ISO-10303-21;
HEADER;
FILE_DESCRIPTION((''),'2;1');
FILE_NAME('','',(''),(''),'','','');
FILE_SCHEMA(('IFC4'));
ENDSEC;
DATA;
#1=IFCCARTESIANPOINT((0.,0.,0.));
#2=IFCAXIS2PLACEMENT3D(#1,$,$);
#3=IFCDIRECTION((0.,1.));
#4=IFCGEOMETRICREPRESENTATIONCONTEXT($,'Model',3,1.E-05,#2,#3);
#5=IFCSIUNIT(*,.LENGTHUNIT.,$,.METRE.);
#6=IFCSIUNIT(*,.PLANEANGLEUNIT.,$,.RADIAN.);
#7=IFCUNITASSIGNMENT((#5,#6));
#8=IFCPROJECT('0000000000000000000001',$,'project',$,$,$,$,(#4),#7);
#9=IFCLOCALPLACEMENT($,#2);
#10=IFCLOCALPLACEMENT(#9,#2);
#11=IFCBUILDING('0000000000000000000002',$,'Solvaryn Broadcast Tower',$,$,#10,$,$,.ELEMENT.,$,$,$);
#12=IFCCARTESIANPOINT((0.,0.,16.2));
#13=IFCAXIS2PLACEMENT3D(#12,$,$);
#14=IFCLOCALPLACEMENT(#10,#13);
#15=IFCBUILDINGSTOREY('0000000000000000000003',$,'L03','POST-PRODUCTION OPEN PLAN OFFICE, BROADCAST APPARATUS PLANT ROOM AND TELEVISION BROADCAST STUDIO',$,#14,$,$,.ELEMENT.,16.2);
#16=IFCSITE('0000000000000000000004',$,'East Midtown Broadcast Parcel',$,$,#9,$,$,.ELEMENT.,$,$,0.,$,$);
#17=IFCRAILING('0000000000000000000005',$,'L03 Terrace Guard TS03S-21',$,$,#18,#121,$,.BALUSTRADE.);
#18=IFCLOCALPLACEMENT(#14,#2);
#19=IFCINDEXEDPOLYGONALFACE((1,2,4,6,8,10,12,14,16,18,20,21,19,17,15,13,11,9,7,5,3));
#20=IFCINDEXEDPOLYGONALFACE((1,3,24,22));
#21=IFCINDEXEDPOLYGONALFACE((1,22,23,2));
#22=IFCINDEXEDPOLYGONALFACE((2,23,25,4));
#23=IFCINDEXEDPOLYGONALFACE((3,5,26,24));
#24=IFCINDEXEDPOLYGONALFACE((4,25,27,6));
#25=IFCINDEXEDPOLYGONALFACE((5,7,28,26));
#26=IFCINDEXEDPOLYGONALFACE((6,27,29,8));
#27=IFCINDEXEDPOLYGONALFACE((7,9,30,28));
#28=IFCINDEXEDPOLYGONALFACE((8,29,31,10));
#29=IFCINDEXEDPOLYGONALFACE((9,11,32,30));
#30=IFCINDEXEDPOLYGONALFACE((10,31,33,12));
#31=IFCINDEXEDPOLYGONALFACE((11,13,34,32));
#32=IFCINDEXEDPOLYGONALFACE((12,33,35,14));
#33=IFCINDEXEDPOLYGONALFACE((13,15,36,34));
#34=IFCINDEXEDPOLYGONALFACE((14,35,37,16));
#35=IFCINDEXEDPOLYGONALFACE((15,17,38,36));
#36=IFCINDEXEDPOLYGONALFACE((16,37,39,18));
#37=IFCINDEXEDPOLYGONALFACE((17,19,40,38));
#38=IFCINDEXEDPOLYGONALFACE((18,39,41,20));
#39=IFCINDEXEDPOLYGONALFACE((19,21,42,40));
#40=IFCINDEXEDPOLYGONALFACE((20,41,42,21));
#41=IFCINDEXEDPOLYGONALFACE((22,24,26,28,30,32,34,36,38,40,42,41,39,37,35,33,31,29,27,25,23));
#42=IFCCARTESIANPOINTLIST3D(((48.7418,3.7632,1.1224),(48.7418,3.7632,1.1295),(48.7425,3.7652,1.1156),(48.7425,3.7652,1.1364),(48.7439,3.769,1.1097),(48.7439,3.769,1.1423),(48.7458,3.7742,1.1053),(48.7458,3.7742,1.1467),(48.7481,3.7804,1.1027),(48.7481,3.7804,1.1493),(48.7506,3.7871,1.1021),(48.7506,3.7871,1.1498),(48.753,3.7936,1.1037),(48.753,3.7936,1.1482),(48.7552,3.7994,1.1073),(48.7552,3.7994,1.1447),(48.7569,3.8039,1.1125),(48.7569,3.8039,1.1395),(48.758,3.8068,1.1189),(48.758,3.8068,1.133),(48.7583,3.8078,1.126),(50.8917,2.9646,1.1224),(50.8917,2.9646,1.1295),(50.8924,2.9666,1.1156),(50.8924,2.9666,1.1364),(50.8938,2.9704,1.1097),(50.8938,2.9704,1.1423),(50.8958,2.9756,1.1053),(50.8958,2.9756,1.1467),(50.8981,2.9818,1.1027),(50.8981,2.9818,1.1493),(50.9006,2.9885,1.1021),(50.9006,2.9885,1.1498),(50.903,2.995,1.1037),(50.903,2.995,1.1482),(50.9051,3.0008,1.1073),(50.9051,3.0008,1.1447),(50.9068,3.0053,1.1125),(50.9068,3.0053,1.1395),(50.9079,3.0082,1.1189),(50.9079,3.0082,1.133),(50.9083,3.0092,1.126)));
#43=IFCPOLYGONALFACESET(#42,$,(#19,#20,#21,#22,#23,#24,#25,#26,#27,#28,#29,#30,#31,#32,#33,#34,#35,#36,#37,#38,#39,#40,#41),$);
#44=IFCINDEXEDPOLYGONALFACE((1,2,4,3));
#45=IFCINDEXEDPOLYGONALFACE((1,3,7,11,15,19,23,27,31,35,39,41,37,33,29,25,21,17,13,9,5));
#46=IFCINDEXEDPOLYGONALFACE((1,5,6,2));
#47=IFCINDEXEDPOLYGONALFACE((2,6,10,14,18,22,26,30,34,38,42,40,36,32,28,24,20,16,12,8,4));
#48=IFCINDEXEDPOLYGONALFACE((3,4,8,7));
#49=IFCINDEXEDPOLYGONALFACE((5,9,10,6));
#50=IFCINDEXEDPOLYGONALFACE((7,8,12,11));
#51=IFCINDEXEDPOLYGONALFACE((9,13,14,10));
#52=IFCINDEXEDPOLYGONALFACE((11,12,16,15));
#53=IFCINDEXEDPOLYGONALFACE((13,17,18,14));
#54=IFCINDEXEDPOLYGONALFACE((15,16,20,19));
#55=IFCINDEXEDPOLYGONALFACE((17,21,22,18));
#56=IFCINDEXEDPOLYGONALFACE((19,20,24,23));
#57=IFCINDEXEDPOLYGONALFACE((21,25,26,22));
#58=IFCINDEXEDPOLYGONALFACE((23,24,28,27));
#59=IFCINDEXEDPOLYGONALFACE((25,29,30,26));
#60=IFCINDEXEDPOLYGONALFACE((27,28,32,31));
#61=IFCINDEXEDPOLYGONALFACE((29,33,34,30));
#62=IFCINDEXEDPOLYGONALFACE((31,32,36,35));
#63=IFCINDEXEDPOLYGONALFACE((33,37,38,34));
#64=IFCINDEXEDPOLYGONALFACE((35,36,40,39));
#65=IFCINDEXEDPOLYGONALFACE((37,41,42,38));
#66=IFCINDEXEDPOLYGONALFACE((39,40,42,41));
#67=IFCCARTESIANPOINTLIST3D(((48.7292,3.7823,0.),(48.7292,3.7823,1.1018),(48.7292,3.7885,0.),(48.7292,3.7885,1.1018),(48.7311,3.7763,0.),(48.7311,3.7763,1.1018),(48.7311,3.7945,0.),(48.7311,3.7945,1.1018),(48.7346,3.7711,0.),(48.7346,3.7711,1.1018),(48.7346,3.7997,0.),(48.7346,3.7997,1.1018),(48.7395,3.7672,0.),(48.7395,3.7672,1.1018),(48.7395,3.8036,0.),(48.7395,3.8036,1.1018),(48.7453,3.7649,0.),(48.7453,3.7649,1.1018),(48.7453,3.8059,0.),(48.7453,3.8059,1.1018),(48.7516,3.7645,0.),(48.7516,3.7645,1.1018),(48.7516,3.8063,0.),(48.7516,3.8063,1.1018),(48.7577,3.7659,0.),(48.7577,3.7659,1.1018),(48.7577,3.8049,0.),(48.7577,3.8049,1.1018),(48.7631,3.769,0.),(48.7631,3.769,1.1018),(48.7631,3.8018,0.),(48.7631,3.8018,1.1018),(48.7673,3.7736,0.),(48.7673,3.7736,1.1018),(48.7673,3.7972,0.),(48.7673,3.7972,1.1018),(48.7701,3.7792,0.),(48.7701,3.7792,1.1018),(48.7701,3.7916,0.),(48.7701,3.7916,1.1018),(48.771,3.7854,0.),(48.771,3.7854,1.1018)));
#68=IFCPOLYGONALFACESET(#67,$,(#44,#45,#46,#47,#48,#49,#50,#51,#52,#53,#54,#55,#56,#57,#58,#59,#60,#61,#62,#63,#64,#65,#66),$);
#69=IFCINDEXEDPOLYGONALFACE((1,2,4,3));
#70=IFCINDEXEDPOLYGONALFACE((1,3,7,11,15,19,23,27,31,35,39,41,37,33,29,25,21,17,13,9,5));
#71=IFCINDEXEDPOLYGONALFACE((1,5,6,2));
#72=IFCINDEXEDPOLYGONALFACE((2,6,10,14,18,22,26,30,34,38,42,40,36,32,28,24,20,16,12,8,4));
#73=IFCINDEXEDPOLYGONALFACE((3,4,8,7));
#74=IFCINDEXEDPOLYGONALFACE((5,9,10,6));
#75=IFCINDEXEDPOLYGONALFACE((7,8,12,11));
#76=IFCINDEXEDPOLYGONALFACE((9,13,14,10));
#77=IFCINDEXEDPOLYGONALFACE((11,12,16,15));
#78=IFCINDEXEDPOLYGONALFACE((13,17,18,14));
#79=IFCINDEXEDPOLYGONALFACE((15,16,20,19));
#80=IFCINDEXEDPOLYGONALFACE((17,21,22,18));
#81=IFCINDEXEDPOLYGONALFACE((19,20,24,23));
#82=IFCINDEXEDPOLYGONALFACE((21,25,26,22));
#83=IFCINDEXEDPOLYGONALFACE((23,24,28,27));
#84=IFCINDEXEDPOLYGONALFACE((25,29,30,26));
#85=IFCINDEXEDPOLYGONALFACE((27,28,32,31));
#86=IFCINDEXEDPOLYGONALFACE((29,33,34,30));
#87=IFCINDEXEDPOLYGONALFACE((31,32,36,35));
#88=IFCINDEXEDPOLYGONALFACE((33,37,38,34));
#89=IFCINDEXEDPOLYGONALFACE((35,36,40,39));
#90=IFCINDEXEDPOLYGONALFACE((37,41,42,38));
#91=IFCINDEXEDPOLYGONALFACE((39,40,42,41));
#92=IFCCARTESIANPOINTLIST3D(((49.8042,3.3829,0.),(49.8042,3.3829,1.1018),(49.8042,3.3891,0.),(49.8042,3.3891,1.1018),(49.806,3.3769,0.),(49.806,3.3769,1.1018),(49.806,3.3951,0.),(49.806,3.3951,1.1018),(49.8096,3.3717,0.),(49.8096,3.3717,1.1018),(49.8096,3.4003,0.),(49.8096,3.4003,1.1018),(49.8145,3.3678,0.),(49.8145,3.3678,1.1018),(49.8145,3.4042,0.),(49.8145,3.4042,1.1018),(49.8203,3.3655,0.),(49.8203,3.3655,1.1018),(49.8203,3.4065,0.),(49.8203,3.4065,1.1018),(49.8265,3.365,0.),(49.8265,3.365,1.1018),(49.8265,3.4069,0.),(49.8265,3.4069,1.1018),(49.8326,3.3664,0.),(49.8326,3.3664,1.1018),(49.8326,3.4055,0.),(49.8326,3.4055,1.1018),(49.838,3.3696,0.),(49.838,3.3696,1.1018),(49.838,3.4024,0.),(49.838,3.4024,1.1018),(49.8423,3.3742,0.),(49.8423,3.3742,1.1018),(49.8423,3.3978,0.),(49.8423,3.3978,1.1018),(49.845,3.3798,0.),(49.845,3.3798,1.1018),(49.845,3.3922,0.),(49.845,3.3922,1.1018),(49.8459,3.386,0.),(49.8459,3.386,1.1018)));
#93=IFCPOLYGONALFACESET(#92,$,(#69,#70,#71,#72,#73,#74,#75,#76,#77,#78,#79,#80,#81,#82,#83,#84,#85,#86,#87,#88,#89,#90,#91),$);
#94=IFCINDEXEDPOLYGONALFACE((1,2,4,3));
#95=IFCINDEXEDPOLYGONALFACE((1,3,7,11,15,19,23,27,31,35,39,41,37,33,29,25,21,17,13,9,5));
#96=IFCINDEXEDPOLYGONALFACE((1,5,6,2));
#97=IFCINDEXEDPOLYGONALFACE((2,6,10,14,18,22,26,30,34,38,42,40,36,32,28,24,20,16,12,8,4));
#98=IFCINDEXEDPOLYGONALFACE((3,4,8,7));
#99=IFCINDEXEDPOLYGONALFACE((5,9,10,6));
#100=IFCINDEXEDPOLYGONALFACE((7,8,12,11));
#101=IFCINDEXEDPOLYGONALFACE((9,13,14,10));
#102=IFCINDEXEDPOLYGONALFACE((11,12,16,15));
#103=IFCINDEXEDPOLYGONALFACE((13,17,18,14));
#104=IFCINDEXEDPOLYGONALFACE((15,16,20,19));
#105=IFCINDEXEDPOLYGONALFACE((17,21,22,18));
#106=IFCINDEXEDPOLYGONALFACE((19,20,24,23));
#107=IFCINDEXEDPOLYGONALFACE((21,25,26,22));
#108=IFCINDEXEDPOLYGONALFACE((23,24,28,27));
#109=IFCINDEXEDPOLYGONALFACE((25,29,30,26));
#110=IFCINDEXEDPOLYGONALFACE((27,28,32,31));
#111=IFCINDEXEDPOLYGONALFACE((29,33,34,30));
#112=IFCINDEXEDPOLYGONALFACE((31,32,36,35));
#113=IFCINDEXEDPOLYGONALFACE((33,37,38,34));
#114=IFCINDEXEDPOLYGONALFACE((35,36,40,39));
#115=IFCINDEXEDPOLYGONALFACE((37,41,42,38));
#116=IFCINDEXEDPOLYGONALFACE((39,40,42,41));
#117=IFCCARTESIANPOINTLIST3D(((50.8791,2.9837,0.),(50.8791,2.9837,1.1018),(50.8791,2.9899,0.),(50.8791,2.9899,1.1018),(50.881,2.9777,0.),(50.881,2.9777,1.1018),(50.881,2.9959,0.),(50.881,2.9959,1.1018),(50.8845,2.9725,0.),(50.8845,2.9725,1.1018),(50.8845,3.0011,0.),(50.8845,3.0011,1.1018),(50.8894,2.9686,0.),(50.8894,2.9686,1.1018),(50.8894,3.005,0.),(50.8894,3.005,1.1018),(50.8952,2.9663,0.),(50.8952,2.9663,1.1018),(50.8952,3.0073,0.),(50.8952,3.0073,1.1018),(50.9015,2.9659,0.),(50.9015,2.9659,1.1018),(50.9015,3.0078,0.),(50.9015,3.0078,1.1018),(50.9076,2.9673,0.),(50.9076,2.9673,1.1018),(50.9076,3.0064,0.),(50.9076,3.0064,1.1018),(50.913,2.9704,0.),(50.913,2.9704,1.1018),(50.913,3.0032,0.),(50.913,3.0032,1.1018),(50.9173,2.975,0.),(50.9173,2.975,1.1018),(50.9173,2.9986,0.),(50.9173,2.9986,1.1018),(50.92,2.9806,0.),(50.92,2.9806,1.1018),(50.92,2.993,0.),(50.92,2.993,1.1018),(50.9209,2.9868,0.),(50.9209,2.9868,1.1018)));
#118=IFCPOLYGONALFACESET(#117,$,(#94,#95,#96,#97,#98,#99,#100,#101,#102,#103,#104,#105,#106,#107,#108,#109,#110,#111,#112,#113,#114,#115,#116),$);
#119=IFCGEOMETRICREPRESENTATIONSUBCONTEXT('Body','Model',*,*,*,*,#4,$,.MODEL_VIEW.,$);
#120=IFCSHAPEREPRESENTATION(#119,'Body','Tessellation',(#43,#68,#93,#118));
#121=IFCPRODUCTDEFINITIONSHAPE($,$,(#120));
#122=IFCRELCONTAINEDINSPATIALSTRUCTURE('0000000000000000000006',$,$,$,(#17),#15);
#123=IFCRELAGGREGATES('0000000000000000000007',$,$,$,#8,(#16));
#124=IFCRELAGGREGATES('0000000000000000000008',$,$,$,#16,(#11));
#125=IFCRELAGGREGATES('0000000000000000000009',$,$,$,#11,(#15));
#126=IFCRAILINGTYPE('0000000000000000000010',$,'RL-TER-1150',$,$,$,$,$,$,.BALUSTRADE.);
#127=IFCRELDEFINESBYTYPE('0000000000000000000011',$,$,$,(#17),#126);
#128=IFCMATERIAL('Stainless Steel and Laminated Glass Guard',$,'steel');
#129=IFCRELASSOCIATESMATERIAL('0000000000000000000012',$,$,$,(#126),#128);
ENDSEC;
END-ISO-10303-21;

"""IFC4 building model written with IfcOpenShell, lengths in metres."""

from ifc_helpers import new_model, si_unit, direction, frame, origin, origin_2d, place, context, subcontext, project, spatial, circle, extrude, material, type_object, element, save


model = new_model("IFC4")

# Units and contexts
model_context = context("Model", 3, precision=1e-05, world=origin(), true_north=direction((0.0, 1.0)))
body_context = subcontext(model_context, "Body", "Model", "MODEL_VIEW")
ifc_project = project(units=[si_unit("LENGTHUNIT", "METRE"), si_unit("PLANEANGLEUNIT", "RADIAN")], contexts=[model_context])

# Site, building, storey
site_placement = place(None, origin())
site = spatial("IfcSite", under=ifc_project, at=site_placement, Name="East Midtown Broadcast Parcel", CompositionType="ELEMENT", RefElevation=0.0)
building_placement = place(site_placement, origin())
building = spatial("IfcBuilding", under=site, at=building_placement, Name="Solvaryn Broadcast Tower", CompositionType="ELEMENT")
storey_placement = place(building_placement, frame((0.0, 0.0, 16.2)))
storey = spatial("IfcBuildingStorey", under=building, at=storey_placement, Name="L03", Description="POST-PRODUCTION OPEN PLAN OFFICE, BROADCAST APPARATUS PLANT ROOM AND TELEVISION BROADCAST STUDIO", CompositionType="ELEMENT", Elevation=16.2)

# Railing
ifc_material_1 = material(Name="Stainless Steel and Laminated Glass Guard", Category="steel")
railing_type = type_object("IfcRailingType", Name="RL-TER-1150", PredefinedType="BALUSTRADE", material=ifc_material_1)
railing_1_placement = place(storey_placement, frame((48.75, 3.7854, 0.0)))
element("IfcRailing", 1, at=railing_1_placement, inside=storey, type_object=railing_type, Name="L03 Terrace Guard TS03S-21", PredefinedType="BALUSTRADE", context=body_context, shape_type="SweptSolid", body=[
    extrude(circle(Radius=0.0239, at=origin_2d()), frame((0.0, 0.0, 1.126), z_axis=(0.937418, -0.348205, 0.0), x_axis=(0.348205, 0.937418, 0.0)), (0.0, 0.0, 1.0), 2.2935),
    extrude(circle(Radius=0.021, at=origin_2d()), origin(), (0.0, 0.0, 1.0), 1.1018),
    extrude(circle(Radius=0.021, at=origin_2d()), frame((1.075, -0.3994, 0.0)), (0.0, 0.0, 1.0), 1.1018),
    extrude(circle(Radius=0.021, at=origin_2d()), frame((2.1499, -0.7986, 0.0)), (0.0, 0.0, 1.0), 1.1018),
])

save(model, "model.ifc")
